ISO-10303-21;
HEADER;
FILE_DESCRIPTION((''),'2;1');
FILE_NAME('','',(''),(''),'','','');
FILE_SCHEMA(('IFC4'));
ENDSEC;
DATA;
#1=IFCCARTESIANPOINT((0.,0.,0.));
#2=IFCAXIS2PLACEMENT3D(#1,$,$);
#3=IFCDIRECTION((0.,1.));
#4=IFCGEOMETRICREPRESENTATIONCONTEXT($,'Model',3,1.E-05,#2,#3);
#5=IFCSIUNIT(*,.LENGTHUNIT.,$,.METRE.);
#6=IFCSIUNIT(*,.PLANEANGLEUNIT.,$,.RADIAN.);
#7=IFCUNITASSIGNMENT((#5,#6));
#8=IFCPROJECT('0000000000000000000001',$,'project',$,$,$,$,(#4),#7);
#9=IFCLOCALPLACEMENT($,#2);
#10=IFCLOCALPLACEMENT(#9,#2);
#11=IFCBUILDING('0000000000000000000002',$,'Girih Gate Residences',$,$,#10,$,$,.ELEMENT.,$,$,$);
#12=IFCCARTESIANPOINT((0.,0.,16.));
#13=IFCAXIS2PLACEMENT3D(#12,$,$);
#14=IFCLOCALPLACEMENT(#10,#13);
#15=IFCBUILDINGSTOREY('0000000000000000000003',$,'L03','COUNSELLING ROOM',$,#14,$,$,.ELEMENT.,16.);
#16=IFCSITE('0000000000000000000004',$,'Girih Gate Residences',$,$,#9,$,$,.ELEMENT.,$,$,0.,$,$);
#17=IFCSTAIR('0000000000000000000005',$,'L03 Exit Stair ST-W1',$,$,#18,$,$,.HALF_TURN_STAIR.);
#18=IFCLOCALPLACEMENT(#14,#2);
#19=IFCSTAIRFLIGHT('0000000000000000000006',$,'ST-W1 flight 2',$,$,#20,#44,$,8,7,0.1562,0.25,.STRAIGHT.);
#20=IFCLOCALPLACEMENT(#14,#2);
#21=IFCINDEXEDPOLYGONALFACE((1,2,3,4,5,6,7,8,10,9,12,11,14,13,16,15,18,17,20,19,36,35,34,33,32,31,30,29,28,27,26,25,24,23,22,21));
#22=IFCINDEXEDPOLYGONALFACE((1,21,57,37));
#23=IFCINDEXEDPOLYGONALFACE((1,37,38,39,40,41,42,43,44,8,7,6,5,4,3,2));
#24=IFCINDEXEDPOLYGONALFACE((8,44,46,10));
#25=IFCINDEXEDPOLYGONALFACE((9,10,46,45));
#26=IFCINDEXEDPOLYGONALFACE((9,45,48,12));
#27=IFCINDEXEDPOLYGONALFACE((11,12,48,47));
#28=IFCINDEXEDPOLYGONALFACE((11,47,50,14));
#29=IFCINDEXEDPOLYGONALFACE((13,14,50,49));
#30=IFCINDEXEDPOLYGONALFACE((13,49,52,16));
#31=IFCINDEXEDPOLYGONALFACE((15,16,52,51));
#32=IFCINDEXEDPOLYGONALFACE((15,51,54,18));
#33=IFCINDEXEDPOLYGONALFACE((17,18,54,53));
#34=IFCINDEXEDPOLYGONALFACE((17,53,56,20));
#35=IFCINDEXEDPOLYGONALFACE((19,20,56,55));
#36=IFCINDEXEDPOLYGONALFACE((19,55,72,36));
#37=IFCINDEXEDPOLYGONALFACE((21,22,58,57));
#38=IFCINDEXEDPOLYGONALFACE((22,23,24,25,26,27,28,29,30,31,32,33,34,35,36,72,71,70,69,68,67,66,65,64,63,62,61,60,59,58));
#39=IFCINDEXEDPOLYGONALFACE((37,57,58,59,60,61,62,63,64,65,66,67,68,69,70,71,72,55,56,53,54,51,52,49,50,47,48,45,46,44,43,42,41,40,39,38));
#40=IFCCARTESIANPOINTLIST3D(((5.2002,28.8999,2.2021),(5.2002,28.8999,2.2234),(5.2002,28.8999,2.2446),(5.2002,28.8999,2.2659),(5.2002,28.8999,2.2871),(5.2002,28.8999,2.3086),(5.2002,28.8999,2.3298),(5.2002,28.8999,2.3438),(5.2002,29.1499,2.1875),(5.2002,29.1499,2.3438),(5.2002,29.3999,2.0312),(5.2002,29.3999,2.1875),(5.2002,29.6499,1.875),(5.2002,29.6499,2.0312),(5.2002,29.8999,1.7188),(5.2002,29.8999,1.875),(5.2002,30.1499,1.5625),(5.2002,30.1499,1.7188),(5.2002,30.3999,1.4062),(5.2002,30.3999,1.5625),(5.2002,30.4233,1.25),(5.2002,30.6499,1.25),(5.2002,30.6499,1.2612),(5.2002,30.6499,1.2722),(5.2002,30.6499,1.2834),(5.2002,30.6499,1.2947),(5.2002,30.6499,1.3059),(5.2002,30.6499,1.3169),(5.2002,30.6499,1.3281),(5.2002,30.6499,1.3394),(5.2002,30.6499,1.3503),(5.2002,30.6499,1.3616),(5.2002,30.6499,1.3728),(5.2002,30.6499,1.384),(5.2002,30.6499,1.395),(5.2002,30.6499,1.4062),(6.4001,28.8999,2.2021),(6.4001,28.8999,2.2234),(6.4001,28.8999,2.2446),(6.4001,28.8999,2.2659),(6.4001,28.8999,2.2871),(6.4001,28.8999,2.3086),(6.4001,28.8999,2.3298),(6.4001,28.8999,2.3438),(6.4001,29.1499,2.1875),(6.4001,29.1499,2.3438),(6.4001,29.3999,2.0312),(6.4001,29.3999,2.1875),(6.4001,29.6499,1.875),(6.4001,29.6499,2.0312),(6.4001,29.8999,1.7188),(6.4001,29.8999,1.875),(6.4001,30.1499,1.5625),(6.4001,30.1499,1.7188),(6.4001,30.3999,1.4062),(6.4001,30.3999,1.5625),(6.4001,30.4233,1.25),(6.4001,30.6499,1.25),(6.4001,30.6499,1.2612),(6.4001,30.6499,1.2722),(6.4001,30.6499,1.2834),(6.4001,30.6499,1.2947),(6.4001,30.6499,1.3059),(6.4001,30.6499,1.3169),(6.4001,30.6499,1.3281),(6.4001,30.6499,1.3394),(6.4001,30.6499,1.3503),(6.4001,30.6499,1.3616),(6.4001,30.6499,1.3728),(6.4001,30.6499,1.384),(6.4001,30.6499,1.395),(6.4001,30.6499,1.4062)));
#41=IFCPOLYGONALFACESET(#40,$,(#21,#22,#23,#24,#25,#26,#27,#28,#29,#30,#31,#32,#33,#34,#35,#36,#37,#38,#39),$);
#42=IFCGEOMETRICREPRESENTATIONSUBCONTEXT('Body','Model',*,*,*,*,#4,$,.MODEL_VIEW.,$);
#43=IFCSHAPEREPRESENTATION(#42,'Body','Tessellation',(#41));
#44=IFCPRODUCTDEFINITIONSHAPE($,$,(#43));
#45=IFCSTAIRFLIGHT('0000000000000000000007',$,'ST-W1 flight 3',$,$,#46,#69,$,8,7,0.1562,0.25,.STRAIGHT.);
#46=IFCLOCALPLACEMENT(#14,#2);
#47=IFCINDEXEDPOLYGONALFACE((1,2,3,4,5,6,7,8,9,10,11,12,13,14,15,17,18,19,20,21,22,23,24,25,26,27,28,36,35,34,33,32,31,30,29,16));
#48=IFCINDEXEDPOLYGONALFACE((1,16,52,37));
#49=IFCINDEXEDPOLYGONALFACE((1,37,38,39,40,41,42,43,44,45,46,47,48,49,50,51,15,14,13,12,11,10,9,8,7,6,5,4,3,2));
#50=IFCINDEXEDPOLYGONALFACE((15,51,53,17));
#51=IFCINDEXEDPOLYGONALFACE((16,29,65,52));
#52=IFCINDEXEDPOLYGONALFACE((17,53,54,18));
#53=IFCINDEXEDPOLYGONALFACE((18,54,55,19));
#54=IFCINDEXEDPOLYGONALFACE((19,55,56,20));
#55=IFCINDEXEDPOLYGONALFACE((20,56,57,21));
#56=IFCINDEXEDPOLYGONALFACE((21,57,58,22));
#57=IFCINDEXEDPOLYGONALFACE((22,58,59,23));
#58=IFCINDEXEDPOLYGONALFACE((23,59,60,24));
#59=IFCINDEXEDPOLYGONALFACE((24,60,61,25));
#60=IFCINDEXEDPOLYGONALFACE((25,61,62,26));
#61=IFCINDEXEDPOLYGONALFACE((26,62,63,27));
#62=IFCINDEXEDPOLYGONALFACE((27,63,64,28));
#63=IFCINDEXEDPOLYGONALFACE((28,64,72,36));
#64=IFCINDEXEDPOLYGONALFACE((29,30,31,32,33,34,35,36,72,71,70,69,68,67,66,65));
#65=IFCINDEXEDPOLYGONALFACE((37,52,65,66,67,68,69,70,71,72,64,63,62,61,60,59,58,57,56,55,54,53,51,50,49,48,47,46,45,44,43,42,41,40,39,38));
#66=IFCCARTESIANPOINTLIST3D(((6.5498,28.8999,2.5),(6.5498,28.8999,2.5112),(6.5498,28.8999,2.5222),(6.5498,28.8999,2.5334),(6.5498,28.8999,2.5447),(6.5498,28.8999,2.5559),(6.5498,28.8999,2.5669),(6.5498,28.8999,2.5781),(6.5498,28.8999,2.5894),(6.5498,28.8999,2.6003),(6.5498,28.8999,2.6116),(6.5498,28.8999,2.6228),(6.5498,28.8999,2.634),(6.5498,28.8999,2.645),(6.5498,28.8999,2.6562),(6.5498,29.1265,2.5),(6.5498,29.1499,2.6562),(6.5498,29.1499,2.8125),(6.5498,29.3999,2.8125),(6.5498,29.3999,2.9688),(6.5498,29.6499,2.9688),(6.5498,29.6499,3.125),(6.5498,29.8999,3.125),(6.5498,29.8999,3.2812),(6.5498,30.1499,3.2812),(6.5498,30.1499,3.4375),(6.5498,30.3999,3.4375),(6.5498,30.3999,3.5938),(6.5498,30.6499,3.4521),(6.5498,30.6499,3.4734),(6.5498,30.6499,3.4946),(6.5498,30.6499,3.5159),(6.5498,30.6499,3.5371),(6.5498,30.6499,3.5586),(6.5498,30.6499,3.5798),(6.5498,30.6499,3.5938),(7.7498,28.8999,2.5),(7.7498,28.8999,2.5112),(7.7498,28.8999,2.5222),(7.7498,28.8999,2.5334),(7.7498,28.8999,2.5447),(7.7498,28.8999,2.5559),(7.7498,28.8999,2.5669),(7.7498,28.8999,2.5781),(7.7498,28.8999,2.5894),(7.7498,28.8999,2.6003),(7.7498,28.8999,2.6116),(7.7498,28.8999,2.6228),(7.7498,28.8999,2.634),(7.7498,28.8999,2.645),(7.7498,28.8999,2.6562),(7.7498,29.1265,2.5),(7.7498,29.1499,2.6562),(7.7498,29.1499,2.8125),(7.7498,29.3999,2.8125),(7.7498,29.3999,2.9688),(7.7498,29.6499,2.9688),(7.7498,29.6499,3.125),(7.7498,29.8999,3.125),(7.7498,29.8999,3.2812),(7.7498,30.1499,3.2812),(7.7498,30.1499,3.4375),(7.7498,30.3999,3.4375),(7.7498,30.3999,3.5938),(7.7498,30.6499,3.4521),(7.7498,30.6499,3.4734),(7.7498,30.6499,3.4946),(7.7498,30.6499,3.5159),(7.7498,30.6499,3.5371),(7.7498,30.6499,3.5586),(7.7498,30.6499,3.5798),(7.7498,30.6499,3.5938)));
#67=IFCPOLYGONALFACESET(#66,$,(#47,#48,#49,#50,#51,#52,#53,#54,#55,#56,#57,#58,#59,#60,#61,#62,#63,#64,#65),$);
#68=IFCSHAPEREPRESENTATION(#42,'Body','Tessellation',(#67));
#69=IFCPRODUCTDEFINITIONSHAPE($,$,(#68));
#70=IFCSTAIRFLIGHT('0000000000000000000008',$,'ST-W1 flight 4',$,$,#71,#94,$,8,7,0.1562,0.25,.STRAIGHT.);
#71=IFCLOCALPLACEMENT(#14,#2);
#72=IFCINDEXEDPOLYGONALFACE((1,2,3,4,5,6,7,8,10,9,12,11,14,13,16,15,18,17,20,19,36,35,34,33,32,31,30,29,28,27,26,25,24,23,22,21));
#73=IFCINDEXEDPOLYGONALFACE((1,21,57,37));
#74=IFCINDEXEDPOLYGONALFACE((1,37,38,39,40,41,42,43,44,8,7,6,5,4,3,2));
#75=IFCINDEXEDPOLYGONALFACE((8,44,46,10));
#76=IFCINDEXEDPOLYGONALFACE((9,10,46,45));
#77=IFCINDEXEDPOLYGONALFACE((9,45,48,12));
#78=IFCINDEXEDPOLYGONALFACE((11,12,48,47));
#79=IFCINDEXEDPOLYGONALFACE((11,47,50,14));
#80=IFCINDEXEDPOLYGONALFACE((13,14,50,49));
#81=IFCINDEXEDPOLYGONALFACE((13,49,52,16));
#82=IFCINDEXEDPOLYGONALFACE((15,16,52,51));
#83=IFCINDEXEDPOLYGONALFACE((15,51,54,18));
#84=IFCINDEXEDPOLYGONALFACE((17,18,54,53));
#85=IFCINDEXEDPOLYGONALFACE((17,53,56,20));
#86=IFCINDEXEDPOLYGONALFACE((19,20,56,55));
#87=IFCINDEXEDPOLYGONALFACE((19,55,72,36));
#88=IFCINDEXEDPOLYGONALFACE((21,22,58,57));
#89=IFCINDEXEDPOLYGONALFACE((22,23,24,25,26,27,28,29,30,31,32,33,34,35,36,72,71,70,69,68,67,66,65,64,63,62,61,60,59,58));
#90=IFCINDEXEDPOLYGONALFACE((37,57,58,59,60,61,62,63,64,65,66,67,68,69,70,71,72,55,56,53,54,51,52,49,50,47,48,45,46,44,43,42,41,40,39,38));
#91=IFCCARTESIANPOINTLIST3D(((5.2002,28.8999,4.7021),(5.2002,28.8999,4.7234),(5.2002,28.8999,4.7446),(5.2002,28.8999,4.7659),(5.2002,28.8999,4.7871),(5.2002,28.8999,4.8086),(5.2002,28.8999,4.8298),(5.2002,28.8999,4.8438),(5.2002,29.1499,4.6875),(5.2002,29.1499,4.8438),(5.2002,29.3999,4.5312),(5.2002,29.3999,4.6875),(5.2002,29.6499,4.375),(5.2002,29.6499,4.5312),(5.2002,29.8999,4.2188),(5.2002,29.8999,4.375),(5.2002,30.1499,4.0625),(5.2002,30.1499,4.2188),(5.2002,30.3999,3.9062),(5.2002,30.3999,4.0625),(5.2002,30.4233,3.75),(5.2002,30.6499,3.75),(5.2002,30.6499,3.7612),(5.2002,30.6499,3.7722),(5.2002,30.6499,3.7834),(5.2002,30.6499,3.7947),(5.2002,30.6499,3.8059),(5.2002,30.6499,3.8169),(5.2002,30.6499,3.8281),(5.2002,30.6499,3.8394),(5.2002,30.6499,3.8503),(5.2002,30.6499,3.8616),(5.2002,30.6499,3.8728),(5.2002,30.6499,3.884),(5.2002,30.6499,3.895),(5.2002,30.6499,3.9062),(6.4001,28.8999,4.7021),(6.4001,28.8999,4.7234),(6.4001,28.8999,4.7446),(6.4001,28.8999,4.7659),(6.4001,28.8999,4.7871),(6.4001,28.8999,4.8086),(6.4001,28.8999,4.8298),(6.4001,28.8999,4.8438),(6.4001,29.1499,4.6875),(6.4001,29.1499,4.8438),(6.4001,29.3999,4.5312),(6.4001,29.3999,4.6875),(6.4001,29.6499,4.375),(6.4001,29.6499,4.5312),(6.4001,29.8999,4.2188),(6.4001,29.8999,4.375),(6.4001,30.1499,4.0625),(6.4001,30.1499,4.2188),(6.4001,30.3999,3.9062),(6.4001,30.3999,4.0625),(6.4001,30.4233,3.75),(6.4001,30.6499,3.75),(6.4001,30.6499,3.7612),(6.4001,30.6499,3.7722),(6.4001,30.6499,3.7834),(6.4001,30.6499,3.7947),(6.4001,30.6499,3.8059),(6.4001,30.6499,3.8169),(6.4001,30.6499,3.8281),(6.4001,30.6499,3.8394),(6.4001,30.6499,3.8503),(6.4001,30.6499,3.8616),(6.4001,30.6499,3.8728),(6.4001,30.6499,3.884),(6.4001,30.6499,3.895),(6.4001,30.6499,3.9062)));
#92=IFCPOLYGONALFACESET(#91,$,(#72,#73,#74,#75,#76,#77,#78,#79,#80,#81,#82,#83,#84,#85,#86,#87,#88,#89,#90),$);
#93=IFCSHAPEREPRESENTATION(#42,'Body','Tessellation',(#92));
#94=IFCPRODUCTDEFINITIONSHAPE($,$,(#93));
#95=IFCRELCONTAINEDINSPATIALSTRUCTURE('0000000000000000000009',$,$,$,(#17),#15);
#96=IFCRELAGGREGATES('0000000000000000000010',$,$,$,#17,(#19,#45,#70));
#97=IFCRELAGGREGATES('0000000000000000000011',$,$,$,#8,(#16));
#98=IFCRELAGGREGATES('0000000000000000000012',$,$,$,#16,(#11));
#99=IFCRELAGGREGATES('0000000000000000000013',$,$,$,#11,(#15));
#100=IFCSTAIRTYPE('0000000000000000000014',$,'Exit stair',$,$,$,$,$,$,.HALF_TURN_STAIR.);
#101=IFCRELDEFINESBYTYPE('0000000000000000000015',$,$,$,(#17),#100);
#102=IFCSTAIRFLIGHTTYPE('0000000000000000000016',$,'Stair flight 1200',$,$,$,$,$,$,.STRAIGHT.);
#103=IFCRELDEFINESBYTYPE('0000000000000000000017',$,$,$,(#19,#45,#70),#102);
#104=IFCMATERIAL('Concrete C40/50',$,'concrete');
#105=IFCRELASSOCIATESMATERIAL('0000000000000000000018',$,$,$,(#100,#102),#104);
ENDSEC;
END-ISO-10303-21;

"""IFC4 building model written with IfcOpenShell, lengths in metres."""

from ifc_helpers import new_model, si_unit, direction, frame, origin, place, context, subcontext, project, spatial, polyline, outline, extrude, material, type_object, element, aggregate, save


model = new_model("IFC4")

# Units and contexts
model_context = context("Model", 3, precision=1e-05, world=origin(), true_north=direction((0.0, 1.0)))
body_context = subcontext(model_context, "Body", "Model", "MODEL_VIEW")
ifc_project = project(units=[si_unit("LENGTHUNIT", "METRE"), si_unit("PLANEANGLEUNIT", "RADIAN")], contexts=[model_context])

# Site, building, storey
site_placement = place(None, origin())
site = spatial("IfcSite", under=ifc_project, at=site_placement, Name="Girih Gate Residences", CompositionType="ELEMENT", RefElevation=0.0)
building_placement = place(site_placement, origin())
building = spatial("IfcBuilding", under=site, at=building_placement, Name="Girih Gate Residences", CompositionType="ELEMENT")
storey_placement = place(building_placement, frame((0.0, 0.0, 16.0)))
storey = spatial("IfcBuildingStorey", under=building, at=storey_placement, Name="L03", Description="COUNSELLING ROOM", CompositionType="ELEMENT", Elevation=16.0)

# Shared definitions
ifc_material_1 = material(Name="Concrete C40/50", Category="concrete")

# Stair, stair flights
stair_type = type_object("IfcStairType", Name="Exit stair", PredefinedType="HALF_TURN_STAIR", material=ifc_material_1)
stair_placement = place(storey_placement, origin())
stair = element("IfcStair", 1, at=stair_placement, inside=storey, type_object=stair_type, Name="L03 Exit Stair ST-W1", PredefinedType="HALF_TURN_STAIR")
stair_flight_type = type_object("IfcStairFlightType", Name="Stair flight 1200", PredefinedType="STRAIGHT", material=ifc_material_1)
stair_flight_1_placement = place(storey_placement, frame((5.8, 30.6499, 1.25), z_axis=(0.0, 0.0, 1.0), x_axis=(0.0, -1.0, 0.0)))
stair_flight_1 = element("IfcStairFlight", 2, at=stair_flight_1_placement, type_object=stair_flight_type, Name="ST-W1 flight 2", NumberOfRisers=8, NumberOfTreads=7, PredefinedType="STRAIGHT", RiserHeight=0.1562, TreadLength=0.25, context=body_context, shape_type="SweptSolid", body=[
    extrude(outline(polyline([(0.0, 0.0), (0.0, 0.0112), (0.0, 0.0222), (0.0, 0.0334), (0.0, 0.0447), (0.0, 0.0559), (0.0, 0.0669), (0.0, 0.0781), (0.0, 0.0894), (0.0, 0.1003), (0.0, 0.1116), (0.0, 0.1228), (0.0, 0.134), (0.0, 0.145), (0.0, 0.1562), (0.25, 0.1562), (0.25, 0.3125), (0.5, 0.3125), (0.5, 0.4688), (0.75, 0.4688), (0.75, 0.625), (1.0, 0.625), (1.0, 0.7812), (1.25, 0.7812), (1.25, 0.9375), (1.5, 0.9375), (1.5, 1.0938), (1.75, 1.0938), (1.75, 1.105), (1.75, 1.116), (1.75, 1.1272), (1.75, 1.1384), (1.75, 1.1497), (1.75, 1.1606), (1.75, 1.1719), (1.75, 1.1831), (1.75, 1.1941), (1.75, 1.2053), (1.75, 1.2166), (1.75, 1.2278), (1.75, 1.2388), (1.75, 1.25), (1.75, 1.2288), (1.75, 1.2075), (1.75, 1.1863), (1.75, 1.1648), (1.75, 1.1436), (1.75, 1.1223), (1.75, 1.1011), (1.75, 1.0798), (1.75, 1.0586), (1.75, 1.0371), (1.75, 1.0159), (1.75, 0.9946), (1.75, 0.9734), (1.75, 0.9521), (0.2266, 0.0), (0.0, 0.0)])), frame((0.0, 0.6001, 0.0), z_axis=(0.0, -1.0, 0.0), x_axis=(1.0, 0.0, 0.0)), (0.0, 0.0, 1.0), 1.2),
])
stair_flight_2_placement = place(storey_placement, frame((7.1499, 28.8999, 2.5), z_axis=(0.0, 0.0, 1.0), x_axis=(0.0, 1.0, 0.0)))
stair_flight_2 = element("IfcStairFlight", 3, at=stair_flight_2_placement, type_object=stair_flight_type, Name="ST-W1 flight 3", NumberOfRisers=8, NumberOfTreads=7, PredefinedType="STRAIGHT", RiserHeight=0.1562, TreadLength=0.25, context=body_context, shape_type="SweptSolid", body=[
    extrude(outline(polyline([(0.0, 0.0), (0.0, 0.0112), (0.0, 0.0222), (0.0, 0.0334), (0.0, 0.0447), (0.0, 0.0559), (0.0, 0.0669), (0.0, 0.0781), (0.0, 0.0894), (0.0, 0.1003), (0.0, 0.1116), (0.0, 0.1228), (0.0, 0.134), (0.0, 0.145), (0.0, 0.1562), (0.25, 0.1562), (0.25, 0.3125), (0.5, 0.3125), (0.5, 0.4688), (0.75, 0.4688), (0.75, 0.625), (1.0, 0.625), (1.0, 0.7812), (1.25, 0.7812), (1.25, 0.9375), (1.5, 0.9375), (1.5, 1.0938), (1.75, 1.0938), (1.75, 1.105), (1.75, 1.116), (1.75, 1.1272), (1.75, 1.1384), (1.75, 1.1497), (1.75, 1.1606), (1.75, 1.1719), (1.75, 1.1831), (1.75, 1.1941), (1.75, 1.2053), (1.75, 1.2166), (1.75, 1.2278), (1.75, 1.2388), (1.75, 1.25), (1.75, 1.2288), (1.75, 1.2075), (1.75, 1.1863), (1.75, 1.1648), (1.75, 1.1436), (1.75, 1.1223), (1.75, 1.1011), (1.75, 1.0798), (1.75, 1.0586), (1.75, 1.0371), (1.75, 1.0159), (1.75, 0.9946), (1.75, 0.9734), (1.75, 0.9521), (0.2266, 0.0), (0.0, 0.0)])), frame((0.0, 0.6001, 0.0), z_axis=(0.0, -1.0, 0.0), x_axis=(1.0, 0.0, 0.0)), (0.0, 0.0, 1.0), 1.2),
])
stair_flight_3_placement = place(storey_placement, frame((5.8, 30.6499, 3.75), z_axis=(0.0, 0.0, 1.0), x_axis=(0.0, -1.0, 0.0)))
stair_flight_3 = element("IfcStairFlight", 4, at=stair_flight_3_placement, type_object=stair_flight_type, Name="ST-W1 flight 4", NumberOfRisers=8, NumberOfTreads=7, PredefinedType="STRAIGHT", RiserHeight=0.1562, TreadLength=0.25, context=body_context, shape_type="SweptSolid", body=[
    extrude(outline(polyline([(0.0, 0.0), (0.0, 0.0112), (0.0, 0.0222), (0.0, 0.0334), (0.0, 0.0447), (0.0, 0.0559), (0.0, 0.0669), (0.0, 0.0781), (0.0, 0.0894), (0.0, 0.1003), (0.0, 0.1116), (0.0, 0.1228), (0.0, 0.134), (0.0, 0.145), (0.0, 0.1562), (0.25, 0.1562), (0.25, 0.3125), (0.5, 0.3125), (0.5, 0.4688), (0.75, 0.4688), (0.75, 0.625), (1.0, 0.625), (1.0, 0.7812), (1.25, 0.7812), (1.25, 0.9375), (1.5, 0.9375), (1.5, 1.0938), (1.75, 1.0938), (1.75, 1.105), (1.75, 1.116), (1.75, 1.1272), (1.75, 1.1384), (1.75, 1.1497), (1.75, 1.1606), (1.75, 1.1719), (1.75, 1.1831), (1.75, 1.1941), (1.75, 1.2053), (1.75, 1.2166), (1.75, 1.2278), (1.75, 1.2388), (1.75, 1.25), (1.75, 1.2288), (1.75, 1.2075), (1.75, 1.1863), (1.75, 1.1648), (1.75, 1.1436), (1.75, 1.1223), (1.75, 1.1011), (1.75, 1.0798), (1.75, 1.0586), (1.75, 1.0371), (1.75, 1.0159), (1.75, 0.9946), (1.75, 0.9734), (1.75, 0.9521), (0.2266, 0.0), (0.0, 0.0)])), frame((0.0, 0.6001, 0.0), z_axis=(0.0, -1.0, 0.0), x_axis=(1.0, 0.0, 0.0)), (0.0, 0.0, 1.0), 1.2),
])
aggregate(stair, [stair_flight_1, stair_flight_2, stair_flight_3])

save(model, "model.ifc")
